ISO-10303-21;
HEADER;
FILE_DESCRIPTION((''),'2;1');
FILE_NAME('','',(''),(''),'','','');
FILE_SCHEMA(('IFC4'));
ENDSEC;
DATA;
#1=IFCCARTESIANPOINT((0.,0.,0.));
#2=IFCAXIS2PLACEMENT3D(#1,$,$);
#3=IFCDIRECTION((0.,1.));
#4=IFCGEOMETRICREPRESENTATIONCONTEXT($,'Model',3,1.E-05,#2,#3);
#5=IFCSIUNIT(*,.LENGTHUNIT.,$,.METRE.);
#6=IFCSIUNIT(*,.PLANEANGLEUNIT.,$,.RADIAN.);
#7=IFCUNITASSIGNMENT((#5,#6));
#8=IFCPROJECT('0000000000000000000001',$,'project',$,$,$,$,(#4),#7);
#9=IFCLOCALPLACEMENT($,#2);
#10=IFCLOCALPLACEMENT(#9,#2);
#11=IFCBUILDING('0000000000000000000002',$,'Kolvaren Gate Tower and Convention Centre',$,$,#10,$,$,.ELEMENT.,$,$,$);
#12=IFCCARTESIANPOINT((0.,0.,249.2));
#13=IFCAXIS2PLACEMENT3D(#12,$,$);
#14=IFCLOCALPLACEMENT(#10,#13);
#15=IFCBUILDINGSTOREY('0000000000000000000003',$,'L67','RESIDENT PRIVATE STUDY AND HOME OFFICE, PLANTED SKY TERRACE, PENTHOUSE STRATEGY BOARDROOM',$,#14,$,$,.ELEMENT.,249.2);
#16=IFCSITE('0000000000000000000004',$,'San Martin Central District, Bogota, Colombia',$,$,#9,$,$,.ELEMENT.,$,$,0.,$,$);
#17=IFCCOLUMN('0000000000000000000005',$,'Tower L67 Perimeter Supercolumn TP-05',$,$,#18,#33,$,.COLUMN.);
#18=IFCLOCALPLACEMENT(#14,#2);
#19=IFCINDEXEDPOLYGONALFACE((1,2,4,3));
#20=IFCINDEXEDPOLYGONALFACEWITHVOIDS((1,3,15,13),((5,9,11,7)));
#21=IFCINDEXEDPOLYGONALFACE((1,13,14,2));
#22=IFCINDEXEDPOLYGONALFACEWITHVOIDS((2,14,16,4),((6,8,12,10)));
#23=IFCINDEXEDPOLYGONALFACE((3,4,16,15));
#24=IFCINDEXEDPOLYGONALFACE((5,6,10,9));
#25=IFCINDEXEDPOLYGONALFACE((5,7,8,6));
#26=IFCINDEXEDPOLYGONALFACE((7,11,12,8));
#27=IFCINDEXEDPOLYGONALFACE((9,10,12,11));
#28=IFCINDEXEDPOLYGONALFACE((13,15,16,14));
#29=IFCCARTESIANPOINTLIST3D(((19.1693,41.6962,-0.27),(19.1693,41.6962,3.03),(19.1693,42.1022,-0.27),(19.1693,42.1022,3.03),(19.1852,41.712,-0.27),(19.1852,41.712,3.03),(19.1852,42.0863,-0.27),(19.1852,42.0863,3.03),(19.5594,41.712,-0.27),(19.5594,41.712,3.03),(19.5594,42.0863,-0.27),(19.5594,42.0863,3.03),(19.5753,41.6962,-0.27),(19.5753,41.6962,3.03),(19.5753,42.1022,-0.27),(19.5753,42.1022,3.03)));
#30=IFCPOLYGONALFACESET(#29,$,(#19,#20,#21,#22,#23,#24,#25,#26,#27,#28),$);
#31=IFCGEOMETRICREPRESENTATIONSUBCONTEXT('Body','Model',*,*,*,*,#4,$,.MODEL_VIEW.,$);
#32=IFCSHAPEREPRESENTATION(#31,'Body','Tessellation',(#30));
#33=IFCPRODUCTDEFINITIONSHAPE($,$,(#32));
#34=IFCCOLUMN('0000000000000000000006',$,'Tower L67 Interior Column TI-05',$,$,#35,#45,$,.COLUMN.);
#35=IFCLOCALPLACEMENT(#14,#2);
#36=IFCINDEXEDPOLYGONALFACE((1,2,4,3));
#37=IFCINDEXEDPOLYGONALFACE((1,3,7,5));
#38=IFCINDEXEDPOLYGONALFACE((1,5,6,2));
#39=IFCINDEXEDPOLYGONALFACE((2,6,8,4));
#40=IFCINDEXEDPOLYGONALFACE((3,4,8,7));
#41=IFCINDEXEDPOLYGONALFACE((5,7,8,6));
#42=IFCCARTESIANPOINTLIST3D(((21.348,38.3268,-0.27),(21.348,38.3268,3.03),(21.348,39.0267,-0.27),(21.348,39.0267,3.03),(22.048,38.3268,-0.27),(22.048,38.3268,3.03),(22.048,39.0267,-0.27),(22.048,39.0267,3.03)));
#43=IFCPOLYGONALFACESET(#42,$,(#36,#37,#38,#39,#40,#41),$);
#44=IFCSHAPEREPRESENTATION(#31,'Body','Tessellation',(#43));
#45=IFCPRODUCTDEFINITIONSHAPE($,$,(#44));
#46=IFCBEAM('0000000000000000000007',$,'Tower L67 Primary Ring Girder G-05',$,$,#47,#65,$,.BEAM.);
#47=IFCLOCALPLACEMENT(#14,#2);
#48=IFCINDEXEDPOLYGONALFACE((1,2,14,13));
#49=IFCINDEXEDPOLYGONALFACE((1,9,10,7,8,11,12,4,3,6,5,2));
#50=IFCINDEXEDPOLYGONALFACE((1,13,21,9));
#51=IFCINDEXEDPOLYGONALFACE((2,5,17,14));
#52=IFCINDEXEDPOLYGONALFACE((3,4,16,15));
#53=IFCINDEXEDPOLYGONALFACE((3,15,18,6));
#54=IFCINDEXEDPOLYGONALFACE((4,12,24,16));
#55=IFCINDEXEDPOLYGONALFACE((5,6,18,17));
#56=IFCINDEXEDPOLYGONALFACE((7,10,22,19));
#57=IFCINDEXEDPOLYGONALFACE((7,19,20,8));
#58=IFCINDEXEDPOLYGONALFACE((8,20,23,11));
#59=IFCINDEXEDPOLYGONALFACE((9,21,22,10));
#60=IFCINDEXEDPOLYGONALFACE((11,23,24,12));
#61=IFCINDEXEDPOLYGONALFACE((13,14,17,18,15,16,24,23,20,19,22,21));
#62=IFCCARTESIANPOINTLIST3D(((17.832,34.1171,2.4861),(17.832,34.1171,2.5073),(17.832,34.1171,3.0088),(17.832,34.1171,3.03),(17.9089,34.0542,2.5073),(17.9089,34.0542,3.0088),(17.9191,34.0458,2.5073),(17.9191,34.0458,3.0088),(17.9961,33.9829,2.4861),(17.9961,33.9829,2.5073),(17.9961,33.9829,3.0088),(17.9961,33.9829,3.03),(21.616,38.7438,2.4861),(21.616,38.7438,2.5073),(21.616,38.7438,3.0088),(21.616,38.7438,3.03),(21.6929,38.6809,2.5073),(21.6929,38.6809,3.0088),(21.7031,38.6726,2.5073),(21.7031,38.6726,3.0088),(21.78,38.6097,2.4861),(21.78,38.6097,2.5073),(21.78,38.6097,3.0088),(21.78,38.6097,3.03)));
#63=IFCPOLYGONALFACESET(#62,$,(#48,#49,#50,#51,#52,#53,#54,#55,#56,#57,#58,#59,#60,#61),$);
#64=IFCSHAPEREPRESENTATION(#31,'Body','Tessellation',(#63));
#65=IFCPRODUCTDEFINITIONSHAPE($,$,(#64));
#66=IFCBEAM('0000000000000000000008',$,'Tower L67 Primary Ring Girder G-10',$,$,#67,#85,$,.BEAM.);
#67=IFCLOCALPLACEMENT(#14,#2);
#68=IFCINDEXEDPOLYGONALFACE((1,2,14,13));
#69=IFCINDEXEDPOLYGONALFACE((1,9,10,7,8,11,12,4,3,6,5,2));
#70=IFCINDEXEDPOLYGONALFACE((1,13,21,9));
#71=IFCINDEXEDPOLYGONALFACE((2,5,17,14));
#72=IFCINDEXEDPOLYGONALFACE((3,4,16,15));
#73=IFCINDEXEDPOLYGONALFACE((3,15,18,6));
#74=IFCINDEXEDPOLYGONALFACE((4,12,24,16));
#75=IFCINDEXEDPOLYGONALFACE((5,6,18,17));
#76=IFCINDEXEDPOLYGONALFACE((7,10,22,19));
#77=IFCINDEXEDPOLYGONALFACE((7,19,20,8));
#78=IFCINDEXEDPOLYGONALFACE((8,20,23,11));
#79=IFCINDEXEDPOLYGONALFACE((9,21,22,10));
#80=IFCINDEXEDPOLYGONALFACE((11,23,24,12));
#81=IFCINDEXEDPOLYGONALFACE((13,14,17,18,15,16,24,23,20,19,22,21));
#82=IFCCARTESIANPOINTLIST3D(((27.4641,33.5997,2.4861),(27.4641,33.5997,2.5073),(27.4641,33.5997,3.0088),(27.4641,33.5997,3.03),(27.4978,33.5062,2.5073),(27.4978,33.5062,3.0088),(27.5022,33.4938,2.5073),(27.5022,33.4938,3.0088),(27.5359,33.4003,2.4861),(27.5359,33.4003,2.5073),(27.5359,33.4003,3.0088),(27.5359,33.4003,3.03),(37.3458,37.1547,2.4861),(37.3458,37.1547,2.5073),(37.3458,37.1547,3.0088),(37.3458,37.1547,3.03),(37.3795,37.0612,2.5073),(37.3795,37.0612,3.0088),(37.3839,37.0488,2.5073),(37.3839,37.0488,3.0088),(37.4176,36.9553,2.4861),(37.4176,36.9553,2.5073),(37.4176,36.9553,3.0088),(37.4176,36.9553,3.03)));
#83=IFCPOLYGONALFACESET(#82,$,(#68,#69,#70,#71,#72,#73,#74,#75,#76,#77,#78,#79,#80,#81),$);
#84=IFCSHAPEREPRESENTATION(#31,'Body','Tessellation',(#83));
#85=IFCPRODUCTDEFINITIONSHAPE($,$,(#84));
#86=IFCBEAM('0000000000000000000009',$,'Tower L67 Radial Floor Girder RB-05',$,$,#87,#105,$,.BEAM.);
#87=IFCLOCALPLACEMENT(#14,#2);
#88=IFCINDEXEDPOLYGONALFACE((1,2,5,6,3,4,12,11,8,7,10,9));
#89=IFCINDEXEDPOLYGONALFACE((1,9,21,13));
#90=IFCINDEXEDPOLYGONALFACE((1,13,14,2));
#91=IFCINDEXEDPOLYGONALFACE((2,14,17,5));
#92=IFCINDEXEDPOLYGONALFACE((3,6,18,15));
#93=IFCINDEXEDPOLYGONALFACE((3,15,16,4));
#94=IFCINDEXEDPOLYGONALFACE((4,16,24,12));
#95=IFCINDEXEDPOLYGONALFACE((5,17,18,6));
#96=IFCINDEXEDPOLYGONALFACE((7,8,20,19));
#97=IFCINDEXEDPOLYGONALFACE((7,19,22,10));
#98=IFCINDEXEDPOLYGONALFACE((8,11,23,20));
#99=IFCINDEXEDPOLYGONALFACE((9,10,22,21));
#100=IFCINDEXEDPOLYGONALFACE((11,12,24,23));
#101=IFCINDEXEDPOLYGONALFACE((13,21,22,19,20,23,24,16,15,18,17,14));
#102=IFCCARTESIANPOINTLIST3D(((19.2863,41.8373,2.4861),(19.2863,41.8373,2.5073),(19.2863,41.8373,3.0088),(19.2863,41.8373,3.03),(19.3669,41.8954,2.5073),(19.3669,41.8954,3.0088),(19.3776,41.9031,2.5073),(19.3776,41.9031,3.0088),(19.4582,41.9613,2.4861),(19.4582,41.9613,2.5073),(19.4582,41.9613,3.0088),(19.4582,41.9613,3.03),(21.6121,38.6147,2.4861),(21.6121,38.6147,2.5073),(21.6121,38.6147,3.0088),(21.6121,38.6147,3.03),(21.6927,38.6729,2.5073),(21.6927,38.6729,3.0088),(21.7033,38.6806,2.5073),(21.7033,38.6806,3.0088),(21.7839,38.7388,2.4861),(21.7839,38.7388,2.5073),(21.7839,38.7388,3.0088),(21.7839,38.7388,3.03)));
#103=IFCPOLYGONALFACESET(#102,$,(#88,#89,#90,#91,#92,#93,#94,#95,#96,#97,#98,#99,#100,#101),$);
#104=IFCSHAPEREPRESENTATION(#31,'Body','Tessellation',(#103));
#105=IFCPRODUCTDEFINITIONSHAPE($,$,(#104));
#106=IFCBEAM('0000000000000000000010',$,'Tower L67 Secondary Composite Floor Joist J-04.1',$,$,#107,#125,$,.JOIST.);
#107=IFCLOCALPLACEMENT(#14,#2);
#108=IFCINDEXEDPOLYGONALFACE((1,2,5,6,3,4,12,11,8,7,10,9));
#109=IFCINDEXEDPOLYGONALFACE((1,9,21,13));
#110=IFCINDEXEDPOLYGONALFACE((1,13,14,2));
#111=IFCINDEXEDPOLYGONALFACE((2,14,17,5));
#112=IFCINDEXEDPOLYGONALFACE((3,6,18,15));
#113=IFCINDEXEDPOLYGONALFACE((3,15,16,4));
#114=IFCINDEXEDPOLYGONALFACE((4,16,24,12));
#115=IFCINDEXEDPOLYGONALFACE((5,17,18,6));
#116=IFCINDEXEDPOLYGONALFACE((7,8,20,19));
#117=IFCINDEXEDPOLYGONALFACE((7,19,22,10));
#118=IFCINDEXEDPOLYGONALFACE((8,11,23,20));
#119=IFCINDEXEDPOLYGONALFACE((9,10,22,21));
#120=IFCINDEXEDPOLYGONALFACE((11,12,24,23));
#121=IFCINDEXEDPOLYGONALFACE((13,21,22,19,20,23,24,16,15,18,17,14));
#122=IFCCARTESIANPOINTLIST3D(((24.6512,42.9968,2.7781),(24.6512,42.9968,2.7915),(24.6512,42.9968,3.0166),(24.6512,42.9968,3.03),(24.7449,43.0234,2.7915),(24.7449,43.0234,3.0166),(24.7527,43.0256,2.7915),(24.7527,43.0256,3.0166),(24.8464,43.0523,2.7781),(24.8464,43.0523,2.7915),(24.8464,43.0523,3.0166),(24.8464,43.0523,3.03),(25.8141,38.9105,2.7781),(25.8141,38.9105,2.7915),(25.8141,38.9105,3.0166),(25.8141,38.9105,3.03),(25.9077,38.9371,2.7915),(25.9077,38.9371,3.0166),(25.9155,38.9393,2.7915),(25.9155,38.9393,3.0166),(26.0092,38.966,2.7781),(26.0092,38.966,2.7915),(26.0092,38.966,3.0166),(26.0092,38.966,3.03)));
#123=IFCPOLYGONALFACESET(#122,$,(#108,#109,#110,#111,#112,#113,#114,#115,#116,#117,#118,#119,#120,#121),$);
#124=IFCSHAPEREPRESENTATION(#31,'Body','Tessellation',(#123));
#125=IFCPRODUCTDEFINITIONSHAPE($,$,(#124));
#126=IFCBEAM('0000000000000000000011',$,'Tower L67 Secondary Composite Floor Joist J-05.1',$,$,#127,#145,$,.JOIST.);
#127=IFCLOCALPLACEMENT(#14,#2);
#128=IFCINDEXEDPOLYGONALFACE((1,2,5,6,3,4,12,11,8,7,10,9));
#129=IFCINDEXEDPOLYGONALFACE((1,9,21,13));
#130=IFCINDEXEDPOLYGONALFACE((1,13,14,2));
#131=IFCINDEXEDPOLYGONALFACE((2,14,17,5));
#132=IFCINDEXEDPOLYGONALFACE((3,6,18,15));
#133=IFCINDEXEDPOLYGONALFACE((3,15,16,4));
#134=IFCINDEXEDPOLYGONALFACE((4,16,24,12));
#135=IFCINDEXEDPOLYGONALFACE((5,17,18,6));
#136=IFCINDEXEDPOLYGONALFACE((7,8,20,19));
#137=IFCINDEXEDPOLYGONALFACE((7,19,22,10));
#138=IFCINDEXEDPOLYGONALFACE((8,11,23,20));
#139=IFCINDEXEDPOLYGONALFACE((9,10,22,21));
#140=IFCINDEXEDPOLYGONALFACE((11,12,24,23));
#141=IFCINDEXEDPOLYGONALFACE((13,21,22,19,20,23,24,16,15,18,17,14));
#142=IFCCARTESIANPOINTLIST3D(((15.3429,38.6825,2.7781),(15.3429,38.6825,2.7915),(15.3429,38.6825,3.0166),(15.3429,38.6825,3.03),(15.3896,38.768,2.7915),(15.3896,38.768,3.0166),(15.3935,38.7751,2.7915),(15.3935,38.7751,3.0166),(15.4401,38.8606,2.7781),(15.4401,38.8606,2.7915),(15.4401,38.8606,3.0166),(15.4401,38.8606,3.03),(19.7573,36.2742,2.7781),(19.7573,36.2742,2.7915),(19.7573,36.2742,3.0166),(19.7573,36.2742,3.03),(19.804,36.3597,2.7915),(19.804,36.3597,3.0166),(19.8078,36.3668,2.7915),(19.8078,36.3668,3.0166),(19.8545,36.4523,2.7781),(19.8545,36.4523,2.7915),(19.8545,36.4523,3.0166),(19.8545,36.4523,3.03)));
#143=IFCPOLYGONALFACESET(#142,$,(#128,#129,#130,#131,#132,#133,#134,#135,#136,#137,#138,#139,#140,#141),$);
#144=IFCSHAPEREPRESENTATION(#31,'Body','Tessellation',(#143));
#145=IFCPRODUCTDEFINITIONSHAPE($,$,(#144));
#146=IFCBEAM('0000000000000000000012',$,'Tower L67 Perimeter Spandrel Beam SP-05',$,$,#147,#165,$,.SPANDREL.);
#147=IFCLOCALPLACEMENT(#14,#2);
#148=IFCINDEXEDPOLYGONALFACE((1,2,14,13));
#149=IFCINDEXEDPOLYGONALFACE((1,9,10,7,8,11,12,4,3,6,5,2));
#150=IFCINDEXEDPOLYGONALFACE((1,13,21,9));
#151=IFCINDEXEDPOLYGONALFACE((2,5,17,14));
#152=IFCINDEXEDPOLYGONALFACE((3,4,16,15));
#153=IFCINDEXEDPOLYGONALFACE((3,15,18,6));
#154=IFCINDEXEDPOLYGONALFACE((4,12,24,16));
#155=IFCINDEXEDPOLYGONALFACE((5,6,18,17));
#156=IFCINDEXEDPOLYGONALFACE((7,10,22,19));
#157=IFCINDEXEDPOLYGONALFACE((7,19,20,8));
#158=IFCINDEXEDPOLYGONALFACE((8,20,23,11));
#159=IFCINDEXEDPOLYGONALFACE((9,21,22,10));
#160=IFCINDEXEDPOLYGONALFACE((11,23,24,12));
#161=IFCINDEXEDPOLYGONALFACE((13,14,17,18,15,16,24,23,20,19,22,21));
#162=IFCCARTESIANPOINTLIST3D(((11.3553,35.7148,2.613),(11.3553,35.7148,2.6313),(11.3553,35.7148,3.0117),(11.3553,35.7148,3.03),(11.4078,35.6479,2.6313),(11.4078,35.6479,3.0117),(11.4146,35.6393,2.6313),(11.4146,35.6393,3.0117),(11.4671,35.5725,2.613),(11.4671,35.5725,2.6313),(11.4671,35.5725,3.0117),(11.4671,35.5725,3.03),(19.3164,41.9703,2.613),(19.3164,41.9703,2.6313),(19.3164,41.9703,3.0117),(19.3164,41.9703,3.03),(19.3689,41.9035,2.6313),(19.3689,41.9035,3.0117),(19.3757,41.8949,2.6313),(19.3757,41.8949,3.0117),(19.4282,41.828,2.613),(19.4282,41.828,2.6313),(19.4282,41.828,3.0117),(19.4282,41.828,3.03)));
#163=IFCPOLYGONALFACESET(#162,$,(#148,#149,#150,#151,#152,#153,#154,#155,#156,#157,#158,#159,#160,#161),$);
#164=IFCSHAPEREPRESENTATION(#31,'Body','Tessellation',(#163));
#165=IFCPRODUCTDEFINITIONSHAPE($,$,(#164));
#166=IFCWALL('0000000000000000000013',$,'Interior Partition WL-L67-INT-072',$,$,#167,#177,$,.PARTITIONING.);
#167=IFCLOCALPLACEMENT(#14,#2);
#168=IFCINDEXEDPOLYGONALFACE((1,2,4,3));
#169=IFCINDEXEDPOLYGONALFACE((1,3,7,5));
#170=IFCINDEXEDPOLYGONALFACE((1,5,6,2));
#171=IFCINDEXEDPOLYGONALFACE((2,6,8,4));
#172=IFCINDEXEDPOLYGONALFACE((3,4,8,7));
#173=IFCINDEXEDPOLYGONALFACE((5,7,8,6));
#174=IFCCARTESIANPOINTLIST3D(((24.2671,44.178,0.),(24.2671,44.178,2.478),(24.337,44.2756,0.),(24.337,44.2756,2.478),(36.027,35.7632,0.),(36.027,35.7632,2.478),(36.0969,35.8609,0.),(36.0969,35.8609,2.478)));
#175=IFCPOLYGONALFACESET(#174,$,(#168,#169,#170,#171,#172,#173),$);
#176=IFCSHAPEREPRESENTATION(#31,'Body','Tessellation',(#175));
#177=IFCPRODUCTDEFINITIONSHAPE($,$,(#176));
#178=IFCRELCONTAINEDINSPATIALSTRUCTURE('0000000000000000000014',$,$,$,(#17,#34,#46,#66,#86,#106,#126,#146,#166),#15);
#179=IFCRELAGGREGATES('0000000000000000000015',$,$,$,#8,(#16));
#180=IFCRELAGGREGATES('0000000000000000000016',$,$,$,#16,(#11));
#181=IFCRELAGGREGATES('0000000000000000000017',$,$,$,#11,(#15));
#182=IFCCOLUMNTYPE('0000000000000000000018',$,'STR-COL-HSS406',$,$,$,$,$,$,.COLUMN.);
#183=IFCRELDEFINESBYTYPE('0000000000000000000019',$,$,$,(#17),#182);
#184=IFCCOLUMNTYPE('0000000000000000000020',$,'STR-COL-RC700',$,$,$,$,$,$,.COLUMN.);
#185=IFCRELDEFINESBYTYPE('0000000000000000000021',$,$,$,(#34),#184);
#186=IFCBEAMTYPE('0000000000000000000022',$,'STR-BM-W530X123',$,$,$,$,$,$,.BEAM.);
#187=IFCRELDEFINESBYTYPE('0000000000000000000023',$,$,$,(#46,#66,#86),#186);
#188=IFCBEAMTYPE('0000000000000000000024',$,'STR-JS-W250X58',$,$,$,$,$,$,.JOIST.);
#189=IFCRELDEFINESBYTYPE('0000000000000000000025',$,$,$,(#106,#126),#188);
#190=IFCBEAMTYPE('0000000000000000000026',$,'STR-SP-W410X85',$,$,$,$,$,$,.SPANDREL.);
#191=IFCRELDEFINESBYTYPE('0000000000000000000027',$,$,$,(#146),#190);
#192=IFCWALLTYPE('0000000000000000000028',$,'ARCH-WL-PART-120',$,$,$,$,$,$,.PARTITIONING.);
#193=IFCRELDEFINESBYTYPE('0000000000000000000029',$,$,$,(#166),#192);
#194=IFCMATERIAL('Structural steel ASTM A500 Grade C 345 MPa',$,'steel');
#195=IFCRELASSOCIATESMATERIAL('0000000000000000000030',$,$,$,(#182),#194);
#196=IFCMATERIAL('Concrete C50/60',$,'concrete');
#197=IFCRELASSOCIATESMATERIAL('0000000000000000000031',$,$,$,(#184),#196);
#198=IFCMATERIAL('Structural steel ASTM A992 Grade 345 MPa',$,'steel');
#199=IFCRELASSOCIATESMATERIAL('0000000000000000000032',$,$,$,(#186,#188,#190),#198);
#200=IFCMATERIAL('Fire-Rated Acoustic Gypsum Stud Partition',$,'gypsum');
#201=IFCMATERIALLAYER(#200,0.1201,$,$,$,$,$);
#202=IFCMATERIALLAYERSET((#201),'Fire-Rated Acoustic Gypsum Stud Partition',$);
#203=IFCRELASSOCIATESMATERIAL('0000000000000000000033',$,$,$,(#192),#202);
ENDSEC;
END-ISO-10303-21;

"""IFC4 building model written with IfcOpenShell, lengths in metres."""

from ifc_helpers import new_model, si_unit, direction, frame, frame_2d, origin, origin_2d, place, context, subcontext, project, spatial, rectangle, hollow_rectangle, i_section, extrude, material, layer, layer_set, material_profile, profile_set, type_object, element, save


model = new_model("IFC4")

# Units and contexts
model_context = context("Model", 3, precision=1e-05, world=origin(), true_north=direction((0.0, 1.0)))
body_context = subcontext(model_context, "Body", "Model", "MODEL_VIEW")
ifc_project = project(units=[si_unit("LENGTHUNIT", "METRE"), si_unit("PLANEANGLEUNIT", "RADIAN")], contexts=[model_context])

# Site, building, storey
site_placement = place(None, origin())
site = spatial("IfcSite", under=ifc_project, at=site_placement, Name="San Martin Central District, Bogota, Colombia", CompositionType="ELEMENT", RefElevation=0.0)
building_placement = place(site_placement, origin())
building = spatial("IfcBuilding", under=site, at=building_placement, Name="Kolvaren Gate Tower and Convention Centre", CompositionType="ELEMENT")
storey_placement = place(building_placement, frame((0.0, 0.0, 249.2)))
storey = spatial("IfcBuildingStorey", under=building, at=storey_placement, Name="L67", Description="RESIDENT PRIVATE STUDY AND HOME OFFICE, PLANTED SKY TERRACE, PENTHOUSE STRATEGY BOARDROOM", CompositionType="ELEMENT", Elevation=249.2)

# Columns
ifc_material_1 = material(Name="Structural steel ASTM A500 Grade C 345 MPa", Category="steel")
ifc_material_profile_1 = material_profile(ifc_material_1, hollow_rectangle(XDim=0.406, YDim=0.406, WallThickness=0.0159, at=origin_2d()), Name="HSS406X406X15.9")
ifc_profile_set_1 = profile_set([ifc_material_profile_1], Name="Structural steel ASTM A500 Grade C 345 MPa")
column_type_1 = type_object("IfcColumnType", Name="STR-COL-HSS406", PredefinedType="COLUMN", material=ifc_profile_set_1)
column_1_placement = place(storey_placement, frame((19.3723, 41.8992, -0.27), z_axis=(0.0, 0.0, 1.0), x_axis=(1.0, 0.0, 0.0)))
element("IfcColumn", 1, at=column_1_placement, inside=storey, type_object=column_type_1, Name="Tower L67 Perimeter Supercolumn TP-05", PredefinedType="COLUMN", context=body_context, shape_type="SweptSolid", body=[
    extrude(hollow_rectangle(XDim=0.406, YDim=0.406, WallThickness=0.0159, at=origin_2d()), origin(), (0.0, 0.0, 1.0), 3.3),
])
ifc_material_2 = material(Name="Concrete C50/60", Category="concrete")
ifc_material_profile_2 = material_profile(ifc_material_2, rectangle(XDim=0.7, YDim=0.7, at=origin_2d()), Name="RC-COL-700X700")
ifc_profile_set_2 = profile_set([ifc_material_profile_2], Name="Concrete C50/60")
column_type_2 = type_object("IfcColumnType", Name="STR-COL-RC700", PredefinedType="COLUMN", material=ifc_profile_set_2)
column_2_placement = place(storey_placement, frame((21.698, 38.6768, -0.27), z_axis=(0.0, 0.0, 1.0), x_axis=(1.0, 0.0, 0.0)))
element("IfcColumn", 2, at=column_2_placement, inside=storey, type_object=column_type_2, Name="Tower L67 Interior Column TI-05", PredefinedType="COLUMN", context=body_context, shape_type="SweptSolid", body=[
    extrude(rectangle(XDim=0.7, YDim=0.7, at=origin_2d()), origin(), (0.0, 0.0, 1.0), 3.3),
])

# Beams
ifc_material_3 = material(Name="Structural steel ASTM A992 Grade 345 MPa", Category="steel")
ifc_material_profile_3 = material_profile(ifc_material_3, i_section(OverallWidth=0.2119, OverallDepth=0.5439, WebThickness=0.0132, FlangeThickness=0.0212, at=origin_2d()), Name="W530X123")
ifc_profile_set_3 = profile_set([ifc_material_profile_3], Name="Structural steel ASTM A992 Grade 345 MPa")
beam_type_1 = type_object("IfcBeamType", Name="STR-BM-W530X123", PredefinedType="BEAM", material=ifc_profile_set_3)
beam_1_placement = place(storey_placement, frame((21.698, 38.6768, 2.7581), z_axis=(-0.633082, -0.774085, 0.0), x_axis=(0.774085, -0.633082, 0.0)))
element("IfcBeam", 3, at=beam_1_placement, inside=storey, type_object=beam_type_1, Name="Tower L67 Primary Ring Girder G-05", PredefinedType="BEAM", context=body_context, shape_type="SweptSolid", body=[
    extrude(i_section(OverallWidth=0.2119, OverallDepth=0.5439, WebThickness=0.0132, FlangeThickness=0.0212, at=origin_2d()), origin(), (0.0, 0.0, 1.0), 5.9771),
])
beam_2_placement = place(storey_placement, frame((27.5, 33.5, 2.7581), z_axis=(0.940961, 0.338514, 0.0), x_axis=(-0.338514, 0.940961, 0.0)))
element("IfcBeam", 4, at=beam_2_placement, inside=storey, type_object=beam_type_1, Name="Tower L67 Primary Ring Girder G-10", PredefinedType="BEAM", context=body_context, shape_type="SweptSolid", body=[
    extrude(i_section(OverallWidth=0.2119, OverallDepth=0.5439, WebThickness=0.0132, FlangeThickness=0.0212, at=origin_2d()), origin(), (0.0, 0.0, 1.0), 10.5017),
])
beam_3_placement = place(storey_placement, frame((21.698, 38.6768, 2.7581), z_axis=(-0.585224, 0.810872, 0.0), x_axis=(-0.810872, -0.585224, 0.0)))
element("IfcBeam", 5, at=beam_3_placement, inside=storey, type_object=beam_type_1, Name="Tower L67 Radial Floor Girder RB-05", PredefinedType="BEAM", context=body_context, shape_type="SweptSolid", body=[
    extrude(i_section(OverallWidth=0.2119, OverallDepth=0.5439, WebThickness=0.0132, FlangeThickness=0.0212, at=origin_2d()), origin(), (0.0, 0.0, 1.0), 3.9741),
])
ifc_material_profile_4 = material_profile(ifc_material_3, i_section(OverallWidth=0.2029, OverallDepth=0.252, WebThickness=0.0081, FlangeThickness=0.0134, at=origin_2d()), Name="W250X58")
ifc_profile_set_4 = profile_set([ifc_material_profile_4], Name="Structural steel ASTM A992 Grade 345 MPa")
beam_type_2 = type_object("IfcBeamType", Name="STR-JS-W250X58", PredefinedType="JOIST", material=ifc_profile_set_4)
beam_4_placement = place(storey_placement, frame((25.9116, 38.9382, 2.9041), z_axis=(-0.273696, 0.961816, 0.0), x_axis=(-0.961816, -0.273696, 0.0)))
element("IfcBeam", 6, at=beam_4_placement, inside=storey, type_object=beam_type_2, Name="Tower L67 Secondary Composite Floor Joist J-04.1", PredefinedType="JOIST", context=body_context, shape_type="SweptSolid", body=[
    extrude(i_section(OverallWidth=0.2029, OverallDepth=0.252, WebThickness=0.0081, FlangeThickness=0.0134, at=origin_2d()), origin(), (0.0, 0.0, 1.0), 4.2485),
])
beam_5_placement = place(storey_placement, frame((19.8059, 36.3633, 2.9041), z_axis=(-0.877862, 0.478913, 0.0), x_axis=(-0.478913, -0.877862, 0.0)))
element("IfcBeam", 7, at=beam_5_placement, inside=storey, type_object=beam_type_2, Name="Tower L67 Secondary Composite Floor Joist J-05.1", PredefinedType="JOIST", context=body_context, shape_type="SweptSolid", body=[
    extrude(i_section(OverallWidth=0.2029, OverallDepth=0.252, WebThickness=0.0081, FlangeThickness=0.0134, at=origin_2d()), origin(), (0.0, 0.0, 1.0), 5.0286),
])
ifc_material_profile_5 = material_profile(ifc_material_3, i_section(OverallWidth=0.1809, OverallDepth=0.417, WebThickness=0.011, FlangeThickness=0.0183, at=origin_2d()), Name="W410X85")
ifc_profile_set_5 = profile_set([ifc_material_profile_5], Name="Structural steel ASTM A992 Grade 345 MPa")
beam_type_3 = type_object("IfcBeamType", Name="STR-SP-W410X85", PredefinedType="SPANDREL", material=ifc_profile_set_5)
beam_6_placement = place(storey_placement, frame((19.3723, 41.8992, 2.8215), z_axis=(-0.786299, -0.617846, 0.0), x_axis=(0.617846, -0.786299, 0.0)))
element("IfcBeam", 8, at=beam_6_placement, inside=storey, type_object=beam_type_3, Name="Tower L67 Perimeter Spandrel Beam SP-05", PredefinedType="SPANDREL", context=body_context, shape_type="SweptSolid", body=[
    extrude(i_section(OverallWidth=0.1809, OverallDepth=0.417, WebThickness=0.011, FlangeThickness=0.0183, at=origin_2d()), origin(), (0.0, 0.0, 1.0), 10.1248),
])

# Wall
ifc_material_4 = material(Name="Fire-Rated Acoustic Gypsum Stud Partition", Category="gypsum")
ifc_layer_1 = layer(ifc_material_4, 0.1201)
ifc_layer_set_1 = layer_set([ifc_layer_1], Name="Fire-Rated Acoustic Gypsum Stud Partition")
wall_type_1 = type_object("IfcWallType", Name="ARCH-WL-PART-120", PredefinedType="PARTITIONING", material=ifc_layer_set_1)
wall_1_placement = place(storey_placement, frame((24.302, 44.2268, 0.0), z_axis=(0.0, 0.0, 1.0), x_axis=(0.81325, -0.581915, 0.0)))
element("IfcWall", 9, at=wall_1_placement, inside=storey, type_object=wall_type_1, Name="Interior Partition WL-L67-INT-072", PredefinedType="PARTITIONING", context=body_context, shape_type="SweptSolid", body=[
    extrude(rectangle(XDim=14.4604, YDim=0.1201, at=frame_2d((7.2302, 0.0))), origin(), (0.0, 0.0, 1.0), 2.478),
])

save(model, "model.ifc")
